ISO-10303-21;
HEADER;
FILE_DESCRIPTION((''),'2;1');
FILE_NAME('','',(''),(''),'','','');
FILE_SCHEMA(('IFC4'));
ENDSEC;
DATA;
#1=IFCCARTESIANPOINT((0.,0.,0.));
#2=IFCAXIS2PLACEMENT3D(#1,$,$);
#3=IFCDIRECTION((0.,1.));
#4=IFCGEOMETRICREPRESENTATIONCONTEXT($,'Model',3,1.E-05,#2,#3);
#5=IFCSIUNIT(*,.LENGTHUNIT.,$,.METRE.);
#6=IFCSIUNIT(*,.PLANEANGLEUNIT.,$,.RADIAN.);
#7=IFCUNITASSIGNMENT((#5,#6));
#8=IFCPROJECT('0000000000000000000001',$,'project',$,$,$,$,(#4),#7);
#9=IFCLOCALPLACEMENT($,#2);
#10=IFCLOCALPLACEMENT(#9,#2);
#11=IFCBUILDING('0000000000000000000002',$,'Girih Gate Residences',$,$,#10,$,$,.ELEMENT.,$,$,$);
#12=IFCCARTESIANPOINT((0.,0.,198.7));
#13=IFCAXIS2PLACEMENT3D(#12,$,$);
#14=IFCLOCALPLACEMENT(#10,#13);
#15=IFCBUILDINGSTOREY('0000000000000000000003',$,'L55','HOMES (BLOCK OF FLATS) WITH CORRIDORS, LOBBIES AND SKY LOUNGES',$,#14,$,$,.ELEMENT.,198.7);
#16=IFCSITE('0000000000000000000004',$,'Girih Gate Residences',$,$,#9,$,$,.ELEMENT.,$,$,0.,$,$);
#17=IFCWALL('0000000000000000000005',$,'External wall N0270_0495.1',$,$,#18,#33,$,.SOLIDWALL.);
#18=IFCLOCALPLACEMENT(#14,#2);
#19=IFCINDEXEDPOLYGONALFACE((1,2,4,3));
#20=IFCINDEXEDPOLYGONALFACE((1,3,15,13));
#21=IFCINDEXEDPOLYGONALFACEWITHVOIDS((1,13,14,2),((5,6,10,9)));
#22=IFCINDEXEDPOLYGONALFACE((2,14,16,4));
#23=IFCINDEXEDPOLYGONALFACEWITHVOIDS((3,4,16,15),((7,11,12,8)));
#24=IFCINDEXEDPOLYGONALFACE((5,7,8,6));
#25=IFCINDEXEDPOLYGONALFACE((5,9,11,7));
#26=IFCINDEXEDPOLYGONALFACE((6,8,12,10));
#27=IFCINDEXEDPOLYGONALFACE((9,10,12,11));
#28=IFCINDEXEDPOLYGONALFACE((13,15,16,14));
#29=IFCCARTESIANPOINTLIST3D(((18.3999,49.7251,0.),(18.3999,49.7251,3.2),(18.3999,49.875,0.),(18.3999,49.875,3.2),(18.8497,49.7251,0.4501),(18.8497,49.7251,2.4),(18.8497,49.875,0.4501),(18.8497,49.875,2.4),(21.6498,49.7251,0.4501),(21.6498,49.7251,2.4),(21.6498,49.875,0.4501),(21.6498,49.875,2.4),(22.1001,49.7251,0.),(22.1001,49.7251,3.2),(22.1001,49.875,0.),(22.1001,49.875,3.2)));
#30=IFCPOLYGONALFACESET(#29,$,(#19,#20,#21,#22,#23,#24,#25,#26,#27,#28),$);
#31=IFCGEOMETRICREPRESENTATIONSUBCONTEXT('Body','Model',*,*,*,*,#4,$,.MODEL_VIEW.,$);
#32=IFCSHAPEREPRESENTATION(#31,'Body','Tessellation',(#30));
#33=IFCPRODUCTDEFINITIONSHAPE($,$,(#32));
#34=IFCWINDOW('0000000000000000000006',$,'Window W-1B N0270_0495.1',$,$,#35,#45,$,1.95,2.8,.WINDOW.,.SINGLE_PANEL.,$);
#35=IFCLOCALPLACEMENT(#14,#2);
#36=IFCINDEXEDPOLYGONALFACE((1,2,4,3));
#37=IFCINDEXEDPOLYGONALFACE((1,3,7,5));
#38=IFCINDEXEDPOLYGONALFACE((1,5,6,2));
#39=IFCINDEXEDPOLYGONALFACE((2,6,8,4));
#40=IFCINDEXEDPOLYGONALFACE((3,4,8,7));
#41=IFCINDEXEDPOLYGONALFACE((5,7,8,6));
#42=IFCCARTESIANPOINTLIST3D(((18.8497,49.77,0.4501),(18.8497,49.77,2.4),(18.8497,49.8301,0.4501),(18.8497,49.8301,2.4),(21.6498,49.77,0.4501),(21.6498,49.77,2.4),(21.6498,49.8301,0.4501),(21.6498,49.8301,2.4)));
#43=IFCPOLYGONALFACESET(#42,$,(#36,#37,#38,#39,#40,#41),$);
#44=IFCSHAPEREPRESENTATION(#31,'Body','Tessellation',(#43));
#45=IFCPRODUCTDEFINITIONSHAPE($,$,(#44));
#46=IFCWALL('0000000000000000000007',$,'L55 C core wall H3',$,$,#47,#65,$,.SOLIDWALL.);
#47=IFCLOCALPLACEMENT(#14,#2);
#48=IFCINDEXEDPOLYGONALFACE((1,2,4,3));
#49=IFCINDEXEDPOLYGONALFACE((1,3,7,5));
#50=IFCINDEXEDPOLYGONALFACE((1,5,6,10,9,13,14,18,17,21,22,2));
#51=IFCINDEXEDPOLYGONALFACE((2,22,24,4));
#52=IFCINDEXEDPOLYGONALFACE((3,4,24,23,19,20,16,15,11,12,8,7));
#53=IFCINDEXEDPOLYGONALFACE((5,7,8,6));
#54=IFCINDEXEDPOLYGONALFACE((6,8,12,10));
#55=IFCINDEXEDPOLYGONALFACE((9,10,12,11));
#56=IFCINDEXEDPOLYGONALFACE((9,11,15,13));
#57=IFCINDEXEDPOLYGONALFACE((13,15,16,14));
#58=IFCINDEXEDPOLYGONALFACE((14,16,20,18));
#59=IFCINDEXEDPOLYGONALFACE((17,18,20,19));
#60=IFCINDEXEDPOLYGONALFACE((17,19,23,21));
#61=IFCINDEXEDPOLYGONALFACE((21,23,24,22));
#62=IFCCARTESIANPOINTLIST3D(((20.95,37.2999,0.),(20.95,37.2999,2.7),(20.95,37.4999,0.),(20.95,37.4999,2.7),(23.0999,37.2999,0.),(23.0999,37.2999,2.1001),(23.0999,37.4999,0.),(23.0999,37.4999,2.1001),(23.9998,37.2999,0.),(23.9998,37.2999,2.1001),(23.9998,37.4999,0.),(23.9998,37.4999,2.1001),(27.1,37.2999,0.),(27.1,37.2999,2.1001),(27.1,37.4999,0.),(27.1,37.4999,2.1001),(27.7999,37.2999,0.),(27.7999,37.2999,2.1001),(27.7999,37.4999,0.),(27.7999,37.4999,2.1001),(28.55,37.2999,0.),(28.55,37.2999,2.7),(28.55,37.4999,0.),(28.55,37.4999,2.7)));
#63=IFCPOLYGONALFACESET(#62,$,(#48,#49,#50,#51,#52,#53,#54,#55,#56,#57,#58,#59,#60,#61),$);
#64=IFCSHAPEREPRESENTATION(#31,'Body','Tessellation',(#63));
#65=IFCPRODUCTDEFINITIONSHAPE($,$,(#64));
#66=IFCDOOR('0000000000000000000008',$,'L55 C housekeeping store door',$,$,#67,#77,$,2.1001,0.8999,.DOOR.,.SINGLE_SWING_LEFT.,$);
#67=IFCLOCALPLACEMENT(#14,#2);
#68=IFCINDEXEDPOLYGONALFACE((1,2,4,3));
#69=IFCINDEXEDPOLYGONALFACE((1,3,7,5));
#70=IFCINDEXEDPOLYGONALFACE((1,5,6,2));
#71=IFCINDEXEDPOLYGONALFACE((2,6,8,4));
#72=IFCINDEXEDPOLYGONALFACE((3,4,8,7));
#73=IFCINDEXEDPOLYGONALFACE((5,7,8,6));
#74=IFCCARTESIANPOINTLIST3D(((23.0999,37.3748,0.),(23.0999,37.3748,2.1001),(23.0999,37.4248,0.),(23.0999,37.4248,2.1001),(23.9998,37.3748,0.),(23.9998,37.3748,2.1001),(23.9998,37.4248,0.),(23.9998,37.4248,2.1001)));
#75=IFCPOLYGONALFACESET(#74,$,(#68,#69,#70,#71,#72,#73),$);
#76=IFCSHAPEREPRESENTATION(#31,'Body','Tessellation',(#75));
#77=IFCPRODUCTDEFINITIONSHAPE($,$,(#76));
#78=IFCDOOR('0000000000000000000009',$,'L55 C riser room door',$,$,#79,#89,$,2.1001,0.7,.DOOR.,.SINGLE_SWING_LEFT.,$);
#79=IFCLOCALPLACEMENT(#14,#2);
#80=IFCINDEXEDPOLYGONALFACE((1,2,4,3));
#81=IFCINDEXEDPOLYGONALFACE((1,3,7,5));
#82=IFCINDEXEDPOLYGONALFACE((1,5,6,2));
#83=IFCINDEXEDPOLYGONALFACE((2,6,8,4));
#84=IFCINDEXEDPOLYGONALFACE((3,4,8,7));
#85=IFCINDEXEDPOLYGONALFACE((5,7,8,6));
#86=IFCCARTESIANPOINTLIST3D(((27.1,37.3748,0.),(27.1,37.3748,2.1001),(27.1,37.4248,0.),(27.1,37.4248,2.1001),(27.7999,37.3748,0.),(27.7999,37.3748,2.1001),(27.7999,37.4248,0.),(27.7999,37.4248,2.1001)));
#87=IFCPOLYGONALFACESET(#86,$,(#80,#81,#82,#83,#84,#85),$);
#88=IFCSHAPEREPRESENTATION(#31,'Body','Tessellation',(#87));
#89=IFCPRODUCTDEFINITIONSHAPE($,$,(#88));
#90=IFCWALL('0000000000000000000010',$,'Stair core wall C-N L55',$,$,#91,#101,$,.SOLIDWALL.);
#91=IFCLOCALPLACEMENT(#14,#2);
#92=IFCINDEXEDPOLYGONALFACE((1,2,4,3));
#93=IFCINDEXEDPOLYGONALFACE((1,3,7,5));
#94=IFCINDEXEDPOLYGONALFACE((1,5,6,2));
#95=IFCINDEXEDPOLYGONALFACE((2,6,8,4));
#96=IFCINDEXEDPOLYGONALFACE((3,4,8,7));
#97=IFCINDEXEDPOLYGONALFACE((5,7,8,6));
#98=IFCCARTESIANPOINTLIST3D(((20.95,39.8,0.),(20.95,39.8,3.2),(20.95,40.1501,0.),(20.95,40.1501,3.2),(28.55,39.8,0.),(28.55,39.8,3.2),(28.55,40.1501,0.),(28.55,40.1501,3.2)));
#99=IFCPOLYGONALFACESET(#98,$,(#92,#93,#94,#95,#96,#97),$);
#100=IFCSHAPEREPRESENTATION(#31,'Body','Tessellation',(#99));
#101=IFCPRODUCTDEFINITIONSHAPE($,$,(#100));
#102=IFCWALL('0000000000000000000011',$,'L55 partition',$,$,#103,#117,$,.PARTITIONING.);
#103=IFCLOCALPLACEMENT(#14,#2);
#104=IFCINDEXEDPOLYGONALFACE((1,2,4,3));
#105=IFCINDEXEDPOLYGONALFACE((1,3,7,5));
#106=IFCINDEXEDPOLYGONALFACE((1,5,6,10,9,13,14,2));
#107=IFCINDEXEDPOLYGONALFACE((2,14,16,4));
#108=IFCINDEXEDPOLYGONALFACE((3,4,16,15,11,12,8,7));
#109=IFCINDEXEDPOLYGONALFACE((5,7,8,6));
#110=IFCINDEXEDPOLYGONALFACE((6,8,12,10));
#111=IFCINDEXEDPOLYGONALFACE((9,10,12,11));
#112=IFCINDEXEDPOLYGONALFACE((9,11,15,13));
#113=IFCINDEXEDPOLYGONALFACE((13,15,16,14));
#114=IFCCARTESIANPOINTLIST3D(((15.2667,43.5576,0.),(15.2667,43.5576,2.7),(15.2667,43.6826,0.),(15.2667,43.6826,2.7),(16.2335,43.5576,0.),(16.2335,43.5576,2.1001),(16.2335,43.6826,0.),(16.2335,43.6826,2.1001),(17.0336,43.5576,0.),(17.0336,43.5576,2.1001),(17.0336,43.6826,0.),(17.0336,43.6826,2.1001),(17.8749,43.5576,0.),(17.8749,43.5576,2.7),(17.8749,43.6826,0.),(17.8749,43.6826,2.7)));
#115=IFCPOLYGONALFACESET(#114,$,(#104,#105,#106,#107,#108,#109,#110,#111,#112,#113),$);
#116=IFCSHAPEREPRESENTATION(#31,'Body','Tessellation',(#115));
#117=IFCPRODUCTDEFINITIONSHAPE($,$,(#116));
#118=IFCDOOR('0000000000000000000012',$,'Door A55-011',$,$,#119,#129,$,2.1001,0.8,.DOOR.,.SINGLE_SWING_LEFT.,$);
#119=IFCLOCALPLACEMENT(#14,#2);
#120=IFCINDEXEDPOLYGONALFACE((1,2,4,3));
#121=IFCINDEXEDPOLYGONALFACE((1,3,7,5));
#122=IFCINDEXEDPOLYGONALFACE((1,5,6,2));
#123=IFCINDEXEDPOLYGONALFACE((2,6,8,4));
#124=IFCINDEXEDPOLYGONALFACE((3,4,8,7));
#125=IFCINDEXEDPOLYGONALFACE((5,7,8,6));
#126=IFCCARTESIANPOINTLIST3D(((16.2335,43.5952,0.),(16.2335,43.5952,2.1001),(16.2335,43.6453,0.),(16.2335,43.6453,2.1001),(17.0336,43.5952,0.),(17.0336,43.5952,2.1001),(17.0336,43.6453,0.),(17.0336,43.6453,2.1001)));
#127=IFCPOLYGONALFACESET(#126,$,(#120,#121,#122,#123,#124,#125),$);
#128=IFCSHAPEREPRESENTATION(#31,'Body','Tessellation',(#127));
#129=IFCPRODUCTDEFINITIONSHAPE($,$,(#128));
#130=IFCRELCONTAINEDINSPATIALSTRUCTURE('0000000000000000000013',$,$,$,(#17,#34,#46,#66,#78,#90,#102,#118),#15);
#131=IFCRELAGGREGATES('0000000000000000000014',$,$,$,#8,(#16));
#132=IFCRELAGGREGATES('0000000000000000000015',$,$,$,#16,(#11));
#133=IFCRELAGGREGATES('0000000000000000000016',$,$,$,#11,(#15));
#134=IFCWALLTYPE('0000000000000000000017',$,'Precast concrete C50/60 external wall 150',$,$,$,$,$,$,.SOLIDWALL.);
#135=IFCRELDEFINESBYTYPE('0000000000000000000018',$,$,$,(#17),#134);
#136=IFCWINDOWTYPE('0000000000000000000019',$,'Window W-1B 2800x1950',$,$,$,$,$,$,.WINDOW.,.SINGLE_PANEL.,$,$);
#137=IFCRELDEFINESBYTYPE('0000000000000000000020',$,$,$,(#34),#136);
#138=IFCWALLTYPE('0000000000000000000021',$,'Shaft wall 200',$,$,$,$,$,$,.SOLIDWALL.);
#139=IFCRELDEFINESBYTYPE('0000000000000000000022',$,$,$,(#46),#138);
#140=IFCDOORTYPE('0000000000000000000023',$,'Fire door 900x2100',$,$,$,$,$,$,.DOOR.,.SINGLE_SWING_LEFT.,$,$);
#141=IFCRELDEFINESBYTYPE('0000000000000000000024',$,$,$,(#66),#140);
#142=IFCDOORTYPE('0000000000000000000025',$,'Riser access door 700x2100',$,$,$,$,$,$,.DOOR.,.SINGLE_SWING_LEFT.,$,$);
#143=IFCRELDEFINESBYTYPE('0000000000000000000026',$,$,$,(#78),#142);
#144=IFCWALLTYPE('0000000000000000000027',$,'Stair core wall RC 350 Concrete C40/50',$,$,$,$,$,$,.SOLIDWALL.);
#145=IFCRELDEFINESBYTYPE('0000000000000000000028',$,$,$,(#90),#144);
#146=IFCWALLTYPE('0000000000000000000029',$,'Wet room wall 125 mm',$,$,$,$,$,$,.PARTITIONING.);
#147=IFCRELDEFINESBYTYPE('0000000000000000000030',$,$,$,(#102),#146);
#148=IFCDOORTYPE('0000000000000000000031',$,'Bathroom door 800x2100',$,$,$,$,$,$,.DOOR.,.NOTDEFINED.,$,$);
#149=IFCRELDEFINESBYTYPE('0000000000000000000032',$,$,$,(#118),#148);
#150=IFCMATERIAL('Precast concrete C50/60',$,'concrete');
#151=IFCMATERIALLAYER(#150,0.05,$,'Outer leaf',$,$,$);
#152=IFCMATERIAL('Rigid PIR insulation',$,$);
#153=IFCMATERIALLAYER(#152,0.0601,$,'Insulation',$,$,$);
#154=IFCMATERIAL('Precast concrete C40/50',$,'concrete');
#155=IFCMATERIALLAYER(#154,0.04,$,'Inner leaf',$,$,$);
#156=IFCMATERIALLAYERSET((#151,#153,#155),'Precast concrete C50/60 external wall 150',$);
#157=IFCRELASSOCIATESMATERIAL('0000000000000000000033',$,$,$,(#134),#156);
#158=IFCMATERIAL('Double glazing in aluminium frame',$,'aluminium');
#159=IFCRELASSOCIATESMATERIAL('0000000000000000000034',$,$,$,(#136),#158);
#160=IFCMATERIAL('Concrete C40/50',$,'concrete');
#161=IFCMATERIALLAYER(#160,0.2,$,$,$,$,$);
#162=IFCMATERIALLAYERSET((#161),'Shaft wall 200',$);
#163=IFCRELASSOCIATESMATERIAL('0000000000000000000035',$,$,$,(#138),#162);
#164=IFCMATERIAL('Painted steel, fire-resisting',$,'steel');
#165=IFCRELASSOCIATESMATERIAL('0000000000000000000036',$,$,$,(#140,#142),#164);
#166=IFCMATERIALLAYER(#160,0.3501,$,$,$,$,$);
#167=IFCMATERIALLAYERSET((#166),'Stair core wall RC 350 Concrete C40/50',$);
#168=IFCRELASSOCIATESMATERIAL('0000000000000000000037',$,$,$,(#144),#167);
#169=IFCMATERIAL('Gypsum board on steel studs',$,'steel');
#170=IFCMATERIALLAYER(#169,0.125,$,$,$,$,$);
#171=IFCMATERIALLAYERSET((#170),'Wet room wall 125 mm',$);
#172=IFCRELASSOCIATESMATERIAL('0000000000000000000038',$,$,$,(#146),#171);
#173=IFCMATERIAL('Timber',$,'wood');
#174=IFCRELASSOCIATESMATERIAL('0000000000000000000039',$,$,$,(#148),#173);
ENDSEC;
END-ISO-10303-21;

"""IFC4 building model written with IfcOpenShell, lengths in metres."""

from ifc_helpers import new_model, si_unit, direction, frame, frame_2d, origin, place, context, subcontext, project, spatial, rectangle, extrude, material, layer, layer_set, type_object, element, fill, save


model = new_model("IFC4")

# Units and contexts
model_context = context("Model", 3, precision=1e-05, world=origin(), true_north=direction((0.0, 1.0)))
body_context = subcontext(model_context, "Body", "Model", "MODEL_VIEW")
ifc_project = project(units=[si_unit("LENGTHUNIT", "METRE"), si_unit("PLANEANGLEUNIT", "RADIAN")], contexts=[model_context])

# Site, building, storey
site_placement = place(None, origin())
site = spatial("IfcSite", under=ifc_project, at=site_placement, Name="Girih Gate Residences", CompositionType="ELEMENT", RefElevation=0.0)
building_placement = place(site_placement, origin())
building = spatial("IfcBuilding", under=site, at=building_placement, Name="Girih Gate Residences", CompositionType="ELEMENT")
storey_placement = place(building_placement, frame((0.0, 0.0, 198.7)))
storey = spatial("IfcBuildingStorey", under=building, at=storey_placement, Name="L55", Description="HOMES (BLOCK OF FLATS) WITH CORRIDORS, LOBBIES AND SKY LOUNGES", CompositionType="ELEMENT", Elevation=198.7)

# Shared definitions
ifc_material_1 = material(Name="Gypsum board on steel studs", Category="steel")

# Wall, opening, window
ifc_material_2 = material(Name="Precast concrete C50/60", Category="concrete")
ifc_layer_1 = layer(ifc_material_2, 0.05, Name="Outer leaf")
ifc_material_3 = material(Name="Rigid PIR insulation")
ifc_layer_2 = layer(ifc_material_3, 0.0601, Name="Insulation")
ifc_material_4 = material(Name="Precast concrete C40/50", Category="concrete")
ifc_layer_3 = layer(ifc_material_4, 0.04, Name="Inner leaf")
ifc_layer_set_1 = layer_set([ifc_layer_1, ifc_layer_2, ifc_layer_3], Name="Precast concrete C50/60 external wall 150")
wall_type_1 = type_object("IfcWallType", Name="Precast concrete C50/60 external wall 150", PredefinedType="SOLIDWALL", material=ifc_layer_set_1)
wall_1_placement = place(storey_placement, frame((18.3999, 49.8, 0.0), z_axis=(0.0, 0.0, 1.0), x_axis=(1.0, 0.0, 0.0)))
wall_1 = element("IfcWall", 1, at=wall_1_placement, inside=storey, type_object=wall_type_1, Name="External wall N0270_0495.1", PredefinedType="SOLIDWALL", context=body_context, shape_type="SweptSolid", body=[
    extrude(rectangle(XDim=3.7002, YDim=0.1499, at=frame_2d((1.8501, 0.0))), origin(), (0.0, 0.0, 1.0), 3.2),
])
opening_1_placement = place(wall_1_placement, frame((0.45, 0.0, 0.45)))
opening_1 = element("IfcOpeningElement", 2, at=opening_1_placement, cuts=wall_1, PredefinedType="OPENING", context=body_context, shape_type="SweptSolid", body=[
    extrude(rectangle(XDim=2.8, YDim=1.95, at=frame_2d((1.3999, 0.9751))), frame((0.0, 0.085, 0.0), z_axis=(0.0, -1.0, 0.0), x_axis=(1.0, 0.0, 0.0)), (0.0, 0.0, 1.0), 0.1699),
])
ifc_material_5 = material(Name="Double glazing in aluminium frame", Category="aluminium")
window_type = type_object("IfcWindowType", Name="Window W-1B 2800x1950", PartitioningType="SINGLE_PANEL", PredefinedType="WINDOW", material=ifc_material_5)
window_placement = place(opening_1_placement, origin())
window = element("IfcWindow", 3, at=window_placement, inside=storey, type_object=window_type, Name="Window W-1B N0270_0495.1", OverallHeight=1.95, OverallWidth=2.8, PartitioningType="SINGLE_PANEL", PredefinedType="WINDOW", context=body_context, shape_type="SweptSolid", body=[
    extrude(rectangle(XDim=2.8, YDim=1.95, at=frame_2d((1.3999, 0.9751))), frame((0.0, 0.03, 0.0), z_axis=(0.0, -1.0, 0.0), x_axis=(1.0, 0.0, 0.0)), (0.0, 0.0, 1.0), 0.0601),
])
fill(opening_1, window)

# Wall, openings, doors
ifc_material_6 = material(Name="Concrete C40/50", Category="concrete")
ifc_layer_4 = layer(ifc_material_6, 0.2)
ifc_layer_set_2 = layer_set([ifc_layer_4], Name="Shaft wall 200")
wall_type_2 = type_object("IfcWallType", Name="Shaft wall 200", PredefinedType="SOLIDWALL", material=ifc_layer_set_2)
wall_2_placement = place(storey_placement, frame((20.95, 37.3999, 0.0), z_axis=(0.0, 0.0, 1.0), x_axis=(1.0, 0.0, 0.0)))
wall_2 = element("IfcWall", 4, at=wall_2_placement, inside=storey, type_object=wall_type_2, Name="L55 C core wall H3", PredefinedType="SOLIDWALL", context=body_context, shape_type="SweptSolid", body=[
    extrude(rectangle(XDim=7.6001, YDim=0.2, at=frame_2d((3.8, 0.0))), origin(), (0.0, 0.0, 1.0), 2.7),
])
opening_2_placement = place(wall_2_placement, frame((6.1499, 0.0, 0.0)))
opening_2 = element("IfcOpeningElement", 5, at=opening_2_placement, cuts=wall_2, PredefinedType="OPENING", context=body_context, shape_type="SweptSolid", body=[
    extrude(rectangle(XDim=0.7, YDim=2.1001, at=frame_2d((0.3501, 1.05))), frame((0.0, 0.1099, 0.0), z_axis=(0.0, -1.0, 0.0), x_axis=(1.0, 0.0, 0.0)), (0.0, 0.0, 1.0), 0.22),
])
opening_3_placement = place(wall_2_placement, frame((2.1499, 0.0, 0.0)))
opening_3 = element("IfcOpeningElement", 6, at=opening_3_placement, cuts=wall_2, PredefinedType="OPENING", context=body_context, shape_type="SweptSolid", body=[
    extrude(rectangle(XDim=0.8999, YDim=2.1001, at=frame_2d((0.45, 1.05))), frame((0.0, 0.1099, 0.0), z_axis=(0.0, -1.0, 0.0), x_axis=(1.0, 0.0, 0.0)), (0.0, 0.0, 1.0), 0.22),
])
ifc_material_7 = material(Name="Painted steel, fire-resisting", Category="steel")
door_type_1 = type_object("IfcDoorType", Name="Fire door 900x2100", OperationType="SINGLE_SWING_LEFT", PredefinedType="DOOR", material=ifc_material_7)
door_1_placement = place(opening_3_placement, origin())
door_1 = element("IfcDoor", 7, at=door_1_placement, inside=storey, type_object=door_type_1, Name="L55 C housekeeping store door", OperationType="SINGLE_SWING_LEFT", OverallHeight=2.1001, OverallWidth=0.8999, PredefinedType="DOOR", context=body_context, shape_type="SweptSolid", body=[
    extrude(rectangle(XDim=0.8999, YDim=2.1001, at=frame_2d((0.45, 1.05))), frame((0.0, 0.0249, 0.0), z_axis=(0.0, -1.0, 0.0), x_axis=(1.0, 0.0, 0.0)), (0.0, 0.0, 1.0), 0.05),
])
fill(opening_3, door_1)
door_type_2 = type_object("IfcDoorType", Name="Riser access door 700x2100", OperationType="SINGLE_SWING_LEFT", PredefinedType="DOOR", material=ifc_material_7)
door_2_placement = place(opening_2_placement, origin())
door_2 = element("IfcDoor", 8, at=door_2_placement, inside=storey, type_object=door_type_2, Name="L55 C riser room door", OperationType="SINGLE_SWING_LEFT", OverallHeight=2.1001, OverallWidth=0.7, PredefinedType="DOOR", context=body_context, shape_type="SweptSolid", body=[
    extrude(rectangle(XDim=0.7, YDim=2.1001, at=frame_2d((0.3501, 1.05))), frame((0.0, 0.0249, 0.0), z_axis=(0.0, -1.0, 0.0), x_axis=(1.0, 0.0, 0.0)), (0.0, 0.0, 1.0), 0.05),
])
fill(opening_2, door_2)

# Wall
ifc_layer_5 = layer(ifc_material_6, 0.3501)
ifc_layer_set_3 = layer_set([ifc_layer_5], Name="Stair core wall RC 350 Concrete C40/50")
wall_type_3 = type_object("IfcWallType", Name="Stair core wall RC 350 Concrete C40/50", PredefinedType="SOLIDWALL", material=ifc_layer_set_3)
wall_3_placement = place(storey_placement, frame((20.95, 39.9751, 0.0), z_axis=(0.0, 0.0, 1.0), x_axis=(1.0, 0.0, 0.0)))
element("IfcWall", 9, at=wall_3_placement, inside=storey, type_object=wall_type_3, Name="Stair core wall C-N L55", PredefinedType="SOLIDWALL", context=body_context, shape_type="SweptSolid", body=[
    extrude(rectangle(XDim=7.6001, YDim=0.3501, at=frame_2d((3.8, 0.0))), origin(), (0.0, 0.0, 1.0), 3.2),
])

# Wall, opening, door
ifc_layer_6 = layer(ifc_material_1, 0.125)
ifc_layer_set_4 = layer_set([ifc_layer_6], Name="Wet room wall 125 mm")
wall_type_4 = type_object("IfcWallType", Name="Wet room wall 125 mm", PredefinedType="PARTITIONING", material=ifc_layer_set_4)
wall_4_placement = place(storey_placement, frame((17.875, 43.6201, 0.0), z_axis=(0.0, 0.0, 1.0), x_axis=(-1.0, 0.0, 0.0)))
wall_4 = element("IfcWall", 10, at=wall_4_placement, inside=storey, type_object=wall_type_4, Name="L55 partition", PredefinedType="PARTITIONING", context=body_context, shape_type="SweptSolid", body=[
    extrude(rectangle(XDim=2.6082, YDim=0.125, at=frame_2d((1.3042, 0.0))), origin(), (0.0, 0.0, 1.0), 2.7),
])
opening_4_placement = place(wall_4_placement, frame((0.8416, 0.0, 0.0)))
opening_4 = element("IfcOpeningElement", 11, at=opening_4_placement, cuts=wall_4, PredefinedType="OPENING", context=body_context, shape_type="SweptSolid", body=[
    extrude(rectangle(XDim=0.8, YDim=2.1001, at=frame_2d((0.3999, 1.05))), frame((0.0, 0.0725, 0.0), z_axis=(0.0, -1.0, 0.0), x_axis=(1.0, 0.0, 0.0)), (0.0, 0.0, 1.0), 0.145),
])
ifc_material_8 = material(Name="Timber", Category="wood")
door_type_3 = type_object("IfcDoorType", Name="Bathroom door 800x2100", OperationType="NOTDEFINED", PredefinedType="DOOR", material=ifc_material_8)
door_3_placement = place(opening_4_placement, origin())
door_3 = element("IfcDoor", 12, at=door_3_placement, inside=storey, type_object=door_type_3, Name="Door A55-011", OperationType="SINGLE_SWING_LEFT", OverallHeight=2.1001, OverallWidth=0.8, PredefinedType="DOOR", context=body_context, shape_type="SweptSolid", body=[
    extrude(rectangle(XDim=0.8, YDim=2.1001, at=frame_2d((0.3999, 1.05))), frame((0.0, 0.0249, 0.0), z_axis=(0.0, -1.0, 0.0), x_axis=(1.0, 0.0, 0.0)), (0.0, 0.0, 1.0), 0.05),
])
fill(opening_4, door_3)

save(model, "model.ifc")
